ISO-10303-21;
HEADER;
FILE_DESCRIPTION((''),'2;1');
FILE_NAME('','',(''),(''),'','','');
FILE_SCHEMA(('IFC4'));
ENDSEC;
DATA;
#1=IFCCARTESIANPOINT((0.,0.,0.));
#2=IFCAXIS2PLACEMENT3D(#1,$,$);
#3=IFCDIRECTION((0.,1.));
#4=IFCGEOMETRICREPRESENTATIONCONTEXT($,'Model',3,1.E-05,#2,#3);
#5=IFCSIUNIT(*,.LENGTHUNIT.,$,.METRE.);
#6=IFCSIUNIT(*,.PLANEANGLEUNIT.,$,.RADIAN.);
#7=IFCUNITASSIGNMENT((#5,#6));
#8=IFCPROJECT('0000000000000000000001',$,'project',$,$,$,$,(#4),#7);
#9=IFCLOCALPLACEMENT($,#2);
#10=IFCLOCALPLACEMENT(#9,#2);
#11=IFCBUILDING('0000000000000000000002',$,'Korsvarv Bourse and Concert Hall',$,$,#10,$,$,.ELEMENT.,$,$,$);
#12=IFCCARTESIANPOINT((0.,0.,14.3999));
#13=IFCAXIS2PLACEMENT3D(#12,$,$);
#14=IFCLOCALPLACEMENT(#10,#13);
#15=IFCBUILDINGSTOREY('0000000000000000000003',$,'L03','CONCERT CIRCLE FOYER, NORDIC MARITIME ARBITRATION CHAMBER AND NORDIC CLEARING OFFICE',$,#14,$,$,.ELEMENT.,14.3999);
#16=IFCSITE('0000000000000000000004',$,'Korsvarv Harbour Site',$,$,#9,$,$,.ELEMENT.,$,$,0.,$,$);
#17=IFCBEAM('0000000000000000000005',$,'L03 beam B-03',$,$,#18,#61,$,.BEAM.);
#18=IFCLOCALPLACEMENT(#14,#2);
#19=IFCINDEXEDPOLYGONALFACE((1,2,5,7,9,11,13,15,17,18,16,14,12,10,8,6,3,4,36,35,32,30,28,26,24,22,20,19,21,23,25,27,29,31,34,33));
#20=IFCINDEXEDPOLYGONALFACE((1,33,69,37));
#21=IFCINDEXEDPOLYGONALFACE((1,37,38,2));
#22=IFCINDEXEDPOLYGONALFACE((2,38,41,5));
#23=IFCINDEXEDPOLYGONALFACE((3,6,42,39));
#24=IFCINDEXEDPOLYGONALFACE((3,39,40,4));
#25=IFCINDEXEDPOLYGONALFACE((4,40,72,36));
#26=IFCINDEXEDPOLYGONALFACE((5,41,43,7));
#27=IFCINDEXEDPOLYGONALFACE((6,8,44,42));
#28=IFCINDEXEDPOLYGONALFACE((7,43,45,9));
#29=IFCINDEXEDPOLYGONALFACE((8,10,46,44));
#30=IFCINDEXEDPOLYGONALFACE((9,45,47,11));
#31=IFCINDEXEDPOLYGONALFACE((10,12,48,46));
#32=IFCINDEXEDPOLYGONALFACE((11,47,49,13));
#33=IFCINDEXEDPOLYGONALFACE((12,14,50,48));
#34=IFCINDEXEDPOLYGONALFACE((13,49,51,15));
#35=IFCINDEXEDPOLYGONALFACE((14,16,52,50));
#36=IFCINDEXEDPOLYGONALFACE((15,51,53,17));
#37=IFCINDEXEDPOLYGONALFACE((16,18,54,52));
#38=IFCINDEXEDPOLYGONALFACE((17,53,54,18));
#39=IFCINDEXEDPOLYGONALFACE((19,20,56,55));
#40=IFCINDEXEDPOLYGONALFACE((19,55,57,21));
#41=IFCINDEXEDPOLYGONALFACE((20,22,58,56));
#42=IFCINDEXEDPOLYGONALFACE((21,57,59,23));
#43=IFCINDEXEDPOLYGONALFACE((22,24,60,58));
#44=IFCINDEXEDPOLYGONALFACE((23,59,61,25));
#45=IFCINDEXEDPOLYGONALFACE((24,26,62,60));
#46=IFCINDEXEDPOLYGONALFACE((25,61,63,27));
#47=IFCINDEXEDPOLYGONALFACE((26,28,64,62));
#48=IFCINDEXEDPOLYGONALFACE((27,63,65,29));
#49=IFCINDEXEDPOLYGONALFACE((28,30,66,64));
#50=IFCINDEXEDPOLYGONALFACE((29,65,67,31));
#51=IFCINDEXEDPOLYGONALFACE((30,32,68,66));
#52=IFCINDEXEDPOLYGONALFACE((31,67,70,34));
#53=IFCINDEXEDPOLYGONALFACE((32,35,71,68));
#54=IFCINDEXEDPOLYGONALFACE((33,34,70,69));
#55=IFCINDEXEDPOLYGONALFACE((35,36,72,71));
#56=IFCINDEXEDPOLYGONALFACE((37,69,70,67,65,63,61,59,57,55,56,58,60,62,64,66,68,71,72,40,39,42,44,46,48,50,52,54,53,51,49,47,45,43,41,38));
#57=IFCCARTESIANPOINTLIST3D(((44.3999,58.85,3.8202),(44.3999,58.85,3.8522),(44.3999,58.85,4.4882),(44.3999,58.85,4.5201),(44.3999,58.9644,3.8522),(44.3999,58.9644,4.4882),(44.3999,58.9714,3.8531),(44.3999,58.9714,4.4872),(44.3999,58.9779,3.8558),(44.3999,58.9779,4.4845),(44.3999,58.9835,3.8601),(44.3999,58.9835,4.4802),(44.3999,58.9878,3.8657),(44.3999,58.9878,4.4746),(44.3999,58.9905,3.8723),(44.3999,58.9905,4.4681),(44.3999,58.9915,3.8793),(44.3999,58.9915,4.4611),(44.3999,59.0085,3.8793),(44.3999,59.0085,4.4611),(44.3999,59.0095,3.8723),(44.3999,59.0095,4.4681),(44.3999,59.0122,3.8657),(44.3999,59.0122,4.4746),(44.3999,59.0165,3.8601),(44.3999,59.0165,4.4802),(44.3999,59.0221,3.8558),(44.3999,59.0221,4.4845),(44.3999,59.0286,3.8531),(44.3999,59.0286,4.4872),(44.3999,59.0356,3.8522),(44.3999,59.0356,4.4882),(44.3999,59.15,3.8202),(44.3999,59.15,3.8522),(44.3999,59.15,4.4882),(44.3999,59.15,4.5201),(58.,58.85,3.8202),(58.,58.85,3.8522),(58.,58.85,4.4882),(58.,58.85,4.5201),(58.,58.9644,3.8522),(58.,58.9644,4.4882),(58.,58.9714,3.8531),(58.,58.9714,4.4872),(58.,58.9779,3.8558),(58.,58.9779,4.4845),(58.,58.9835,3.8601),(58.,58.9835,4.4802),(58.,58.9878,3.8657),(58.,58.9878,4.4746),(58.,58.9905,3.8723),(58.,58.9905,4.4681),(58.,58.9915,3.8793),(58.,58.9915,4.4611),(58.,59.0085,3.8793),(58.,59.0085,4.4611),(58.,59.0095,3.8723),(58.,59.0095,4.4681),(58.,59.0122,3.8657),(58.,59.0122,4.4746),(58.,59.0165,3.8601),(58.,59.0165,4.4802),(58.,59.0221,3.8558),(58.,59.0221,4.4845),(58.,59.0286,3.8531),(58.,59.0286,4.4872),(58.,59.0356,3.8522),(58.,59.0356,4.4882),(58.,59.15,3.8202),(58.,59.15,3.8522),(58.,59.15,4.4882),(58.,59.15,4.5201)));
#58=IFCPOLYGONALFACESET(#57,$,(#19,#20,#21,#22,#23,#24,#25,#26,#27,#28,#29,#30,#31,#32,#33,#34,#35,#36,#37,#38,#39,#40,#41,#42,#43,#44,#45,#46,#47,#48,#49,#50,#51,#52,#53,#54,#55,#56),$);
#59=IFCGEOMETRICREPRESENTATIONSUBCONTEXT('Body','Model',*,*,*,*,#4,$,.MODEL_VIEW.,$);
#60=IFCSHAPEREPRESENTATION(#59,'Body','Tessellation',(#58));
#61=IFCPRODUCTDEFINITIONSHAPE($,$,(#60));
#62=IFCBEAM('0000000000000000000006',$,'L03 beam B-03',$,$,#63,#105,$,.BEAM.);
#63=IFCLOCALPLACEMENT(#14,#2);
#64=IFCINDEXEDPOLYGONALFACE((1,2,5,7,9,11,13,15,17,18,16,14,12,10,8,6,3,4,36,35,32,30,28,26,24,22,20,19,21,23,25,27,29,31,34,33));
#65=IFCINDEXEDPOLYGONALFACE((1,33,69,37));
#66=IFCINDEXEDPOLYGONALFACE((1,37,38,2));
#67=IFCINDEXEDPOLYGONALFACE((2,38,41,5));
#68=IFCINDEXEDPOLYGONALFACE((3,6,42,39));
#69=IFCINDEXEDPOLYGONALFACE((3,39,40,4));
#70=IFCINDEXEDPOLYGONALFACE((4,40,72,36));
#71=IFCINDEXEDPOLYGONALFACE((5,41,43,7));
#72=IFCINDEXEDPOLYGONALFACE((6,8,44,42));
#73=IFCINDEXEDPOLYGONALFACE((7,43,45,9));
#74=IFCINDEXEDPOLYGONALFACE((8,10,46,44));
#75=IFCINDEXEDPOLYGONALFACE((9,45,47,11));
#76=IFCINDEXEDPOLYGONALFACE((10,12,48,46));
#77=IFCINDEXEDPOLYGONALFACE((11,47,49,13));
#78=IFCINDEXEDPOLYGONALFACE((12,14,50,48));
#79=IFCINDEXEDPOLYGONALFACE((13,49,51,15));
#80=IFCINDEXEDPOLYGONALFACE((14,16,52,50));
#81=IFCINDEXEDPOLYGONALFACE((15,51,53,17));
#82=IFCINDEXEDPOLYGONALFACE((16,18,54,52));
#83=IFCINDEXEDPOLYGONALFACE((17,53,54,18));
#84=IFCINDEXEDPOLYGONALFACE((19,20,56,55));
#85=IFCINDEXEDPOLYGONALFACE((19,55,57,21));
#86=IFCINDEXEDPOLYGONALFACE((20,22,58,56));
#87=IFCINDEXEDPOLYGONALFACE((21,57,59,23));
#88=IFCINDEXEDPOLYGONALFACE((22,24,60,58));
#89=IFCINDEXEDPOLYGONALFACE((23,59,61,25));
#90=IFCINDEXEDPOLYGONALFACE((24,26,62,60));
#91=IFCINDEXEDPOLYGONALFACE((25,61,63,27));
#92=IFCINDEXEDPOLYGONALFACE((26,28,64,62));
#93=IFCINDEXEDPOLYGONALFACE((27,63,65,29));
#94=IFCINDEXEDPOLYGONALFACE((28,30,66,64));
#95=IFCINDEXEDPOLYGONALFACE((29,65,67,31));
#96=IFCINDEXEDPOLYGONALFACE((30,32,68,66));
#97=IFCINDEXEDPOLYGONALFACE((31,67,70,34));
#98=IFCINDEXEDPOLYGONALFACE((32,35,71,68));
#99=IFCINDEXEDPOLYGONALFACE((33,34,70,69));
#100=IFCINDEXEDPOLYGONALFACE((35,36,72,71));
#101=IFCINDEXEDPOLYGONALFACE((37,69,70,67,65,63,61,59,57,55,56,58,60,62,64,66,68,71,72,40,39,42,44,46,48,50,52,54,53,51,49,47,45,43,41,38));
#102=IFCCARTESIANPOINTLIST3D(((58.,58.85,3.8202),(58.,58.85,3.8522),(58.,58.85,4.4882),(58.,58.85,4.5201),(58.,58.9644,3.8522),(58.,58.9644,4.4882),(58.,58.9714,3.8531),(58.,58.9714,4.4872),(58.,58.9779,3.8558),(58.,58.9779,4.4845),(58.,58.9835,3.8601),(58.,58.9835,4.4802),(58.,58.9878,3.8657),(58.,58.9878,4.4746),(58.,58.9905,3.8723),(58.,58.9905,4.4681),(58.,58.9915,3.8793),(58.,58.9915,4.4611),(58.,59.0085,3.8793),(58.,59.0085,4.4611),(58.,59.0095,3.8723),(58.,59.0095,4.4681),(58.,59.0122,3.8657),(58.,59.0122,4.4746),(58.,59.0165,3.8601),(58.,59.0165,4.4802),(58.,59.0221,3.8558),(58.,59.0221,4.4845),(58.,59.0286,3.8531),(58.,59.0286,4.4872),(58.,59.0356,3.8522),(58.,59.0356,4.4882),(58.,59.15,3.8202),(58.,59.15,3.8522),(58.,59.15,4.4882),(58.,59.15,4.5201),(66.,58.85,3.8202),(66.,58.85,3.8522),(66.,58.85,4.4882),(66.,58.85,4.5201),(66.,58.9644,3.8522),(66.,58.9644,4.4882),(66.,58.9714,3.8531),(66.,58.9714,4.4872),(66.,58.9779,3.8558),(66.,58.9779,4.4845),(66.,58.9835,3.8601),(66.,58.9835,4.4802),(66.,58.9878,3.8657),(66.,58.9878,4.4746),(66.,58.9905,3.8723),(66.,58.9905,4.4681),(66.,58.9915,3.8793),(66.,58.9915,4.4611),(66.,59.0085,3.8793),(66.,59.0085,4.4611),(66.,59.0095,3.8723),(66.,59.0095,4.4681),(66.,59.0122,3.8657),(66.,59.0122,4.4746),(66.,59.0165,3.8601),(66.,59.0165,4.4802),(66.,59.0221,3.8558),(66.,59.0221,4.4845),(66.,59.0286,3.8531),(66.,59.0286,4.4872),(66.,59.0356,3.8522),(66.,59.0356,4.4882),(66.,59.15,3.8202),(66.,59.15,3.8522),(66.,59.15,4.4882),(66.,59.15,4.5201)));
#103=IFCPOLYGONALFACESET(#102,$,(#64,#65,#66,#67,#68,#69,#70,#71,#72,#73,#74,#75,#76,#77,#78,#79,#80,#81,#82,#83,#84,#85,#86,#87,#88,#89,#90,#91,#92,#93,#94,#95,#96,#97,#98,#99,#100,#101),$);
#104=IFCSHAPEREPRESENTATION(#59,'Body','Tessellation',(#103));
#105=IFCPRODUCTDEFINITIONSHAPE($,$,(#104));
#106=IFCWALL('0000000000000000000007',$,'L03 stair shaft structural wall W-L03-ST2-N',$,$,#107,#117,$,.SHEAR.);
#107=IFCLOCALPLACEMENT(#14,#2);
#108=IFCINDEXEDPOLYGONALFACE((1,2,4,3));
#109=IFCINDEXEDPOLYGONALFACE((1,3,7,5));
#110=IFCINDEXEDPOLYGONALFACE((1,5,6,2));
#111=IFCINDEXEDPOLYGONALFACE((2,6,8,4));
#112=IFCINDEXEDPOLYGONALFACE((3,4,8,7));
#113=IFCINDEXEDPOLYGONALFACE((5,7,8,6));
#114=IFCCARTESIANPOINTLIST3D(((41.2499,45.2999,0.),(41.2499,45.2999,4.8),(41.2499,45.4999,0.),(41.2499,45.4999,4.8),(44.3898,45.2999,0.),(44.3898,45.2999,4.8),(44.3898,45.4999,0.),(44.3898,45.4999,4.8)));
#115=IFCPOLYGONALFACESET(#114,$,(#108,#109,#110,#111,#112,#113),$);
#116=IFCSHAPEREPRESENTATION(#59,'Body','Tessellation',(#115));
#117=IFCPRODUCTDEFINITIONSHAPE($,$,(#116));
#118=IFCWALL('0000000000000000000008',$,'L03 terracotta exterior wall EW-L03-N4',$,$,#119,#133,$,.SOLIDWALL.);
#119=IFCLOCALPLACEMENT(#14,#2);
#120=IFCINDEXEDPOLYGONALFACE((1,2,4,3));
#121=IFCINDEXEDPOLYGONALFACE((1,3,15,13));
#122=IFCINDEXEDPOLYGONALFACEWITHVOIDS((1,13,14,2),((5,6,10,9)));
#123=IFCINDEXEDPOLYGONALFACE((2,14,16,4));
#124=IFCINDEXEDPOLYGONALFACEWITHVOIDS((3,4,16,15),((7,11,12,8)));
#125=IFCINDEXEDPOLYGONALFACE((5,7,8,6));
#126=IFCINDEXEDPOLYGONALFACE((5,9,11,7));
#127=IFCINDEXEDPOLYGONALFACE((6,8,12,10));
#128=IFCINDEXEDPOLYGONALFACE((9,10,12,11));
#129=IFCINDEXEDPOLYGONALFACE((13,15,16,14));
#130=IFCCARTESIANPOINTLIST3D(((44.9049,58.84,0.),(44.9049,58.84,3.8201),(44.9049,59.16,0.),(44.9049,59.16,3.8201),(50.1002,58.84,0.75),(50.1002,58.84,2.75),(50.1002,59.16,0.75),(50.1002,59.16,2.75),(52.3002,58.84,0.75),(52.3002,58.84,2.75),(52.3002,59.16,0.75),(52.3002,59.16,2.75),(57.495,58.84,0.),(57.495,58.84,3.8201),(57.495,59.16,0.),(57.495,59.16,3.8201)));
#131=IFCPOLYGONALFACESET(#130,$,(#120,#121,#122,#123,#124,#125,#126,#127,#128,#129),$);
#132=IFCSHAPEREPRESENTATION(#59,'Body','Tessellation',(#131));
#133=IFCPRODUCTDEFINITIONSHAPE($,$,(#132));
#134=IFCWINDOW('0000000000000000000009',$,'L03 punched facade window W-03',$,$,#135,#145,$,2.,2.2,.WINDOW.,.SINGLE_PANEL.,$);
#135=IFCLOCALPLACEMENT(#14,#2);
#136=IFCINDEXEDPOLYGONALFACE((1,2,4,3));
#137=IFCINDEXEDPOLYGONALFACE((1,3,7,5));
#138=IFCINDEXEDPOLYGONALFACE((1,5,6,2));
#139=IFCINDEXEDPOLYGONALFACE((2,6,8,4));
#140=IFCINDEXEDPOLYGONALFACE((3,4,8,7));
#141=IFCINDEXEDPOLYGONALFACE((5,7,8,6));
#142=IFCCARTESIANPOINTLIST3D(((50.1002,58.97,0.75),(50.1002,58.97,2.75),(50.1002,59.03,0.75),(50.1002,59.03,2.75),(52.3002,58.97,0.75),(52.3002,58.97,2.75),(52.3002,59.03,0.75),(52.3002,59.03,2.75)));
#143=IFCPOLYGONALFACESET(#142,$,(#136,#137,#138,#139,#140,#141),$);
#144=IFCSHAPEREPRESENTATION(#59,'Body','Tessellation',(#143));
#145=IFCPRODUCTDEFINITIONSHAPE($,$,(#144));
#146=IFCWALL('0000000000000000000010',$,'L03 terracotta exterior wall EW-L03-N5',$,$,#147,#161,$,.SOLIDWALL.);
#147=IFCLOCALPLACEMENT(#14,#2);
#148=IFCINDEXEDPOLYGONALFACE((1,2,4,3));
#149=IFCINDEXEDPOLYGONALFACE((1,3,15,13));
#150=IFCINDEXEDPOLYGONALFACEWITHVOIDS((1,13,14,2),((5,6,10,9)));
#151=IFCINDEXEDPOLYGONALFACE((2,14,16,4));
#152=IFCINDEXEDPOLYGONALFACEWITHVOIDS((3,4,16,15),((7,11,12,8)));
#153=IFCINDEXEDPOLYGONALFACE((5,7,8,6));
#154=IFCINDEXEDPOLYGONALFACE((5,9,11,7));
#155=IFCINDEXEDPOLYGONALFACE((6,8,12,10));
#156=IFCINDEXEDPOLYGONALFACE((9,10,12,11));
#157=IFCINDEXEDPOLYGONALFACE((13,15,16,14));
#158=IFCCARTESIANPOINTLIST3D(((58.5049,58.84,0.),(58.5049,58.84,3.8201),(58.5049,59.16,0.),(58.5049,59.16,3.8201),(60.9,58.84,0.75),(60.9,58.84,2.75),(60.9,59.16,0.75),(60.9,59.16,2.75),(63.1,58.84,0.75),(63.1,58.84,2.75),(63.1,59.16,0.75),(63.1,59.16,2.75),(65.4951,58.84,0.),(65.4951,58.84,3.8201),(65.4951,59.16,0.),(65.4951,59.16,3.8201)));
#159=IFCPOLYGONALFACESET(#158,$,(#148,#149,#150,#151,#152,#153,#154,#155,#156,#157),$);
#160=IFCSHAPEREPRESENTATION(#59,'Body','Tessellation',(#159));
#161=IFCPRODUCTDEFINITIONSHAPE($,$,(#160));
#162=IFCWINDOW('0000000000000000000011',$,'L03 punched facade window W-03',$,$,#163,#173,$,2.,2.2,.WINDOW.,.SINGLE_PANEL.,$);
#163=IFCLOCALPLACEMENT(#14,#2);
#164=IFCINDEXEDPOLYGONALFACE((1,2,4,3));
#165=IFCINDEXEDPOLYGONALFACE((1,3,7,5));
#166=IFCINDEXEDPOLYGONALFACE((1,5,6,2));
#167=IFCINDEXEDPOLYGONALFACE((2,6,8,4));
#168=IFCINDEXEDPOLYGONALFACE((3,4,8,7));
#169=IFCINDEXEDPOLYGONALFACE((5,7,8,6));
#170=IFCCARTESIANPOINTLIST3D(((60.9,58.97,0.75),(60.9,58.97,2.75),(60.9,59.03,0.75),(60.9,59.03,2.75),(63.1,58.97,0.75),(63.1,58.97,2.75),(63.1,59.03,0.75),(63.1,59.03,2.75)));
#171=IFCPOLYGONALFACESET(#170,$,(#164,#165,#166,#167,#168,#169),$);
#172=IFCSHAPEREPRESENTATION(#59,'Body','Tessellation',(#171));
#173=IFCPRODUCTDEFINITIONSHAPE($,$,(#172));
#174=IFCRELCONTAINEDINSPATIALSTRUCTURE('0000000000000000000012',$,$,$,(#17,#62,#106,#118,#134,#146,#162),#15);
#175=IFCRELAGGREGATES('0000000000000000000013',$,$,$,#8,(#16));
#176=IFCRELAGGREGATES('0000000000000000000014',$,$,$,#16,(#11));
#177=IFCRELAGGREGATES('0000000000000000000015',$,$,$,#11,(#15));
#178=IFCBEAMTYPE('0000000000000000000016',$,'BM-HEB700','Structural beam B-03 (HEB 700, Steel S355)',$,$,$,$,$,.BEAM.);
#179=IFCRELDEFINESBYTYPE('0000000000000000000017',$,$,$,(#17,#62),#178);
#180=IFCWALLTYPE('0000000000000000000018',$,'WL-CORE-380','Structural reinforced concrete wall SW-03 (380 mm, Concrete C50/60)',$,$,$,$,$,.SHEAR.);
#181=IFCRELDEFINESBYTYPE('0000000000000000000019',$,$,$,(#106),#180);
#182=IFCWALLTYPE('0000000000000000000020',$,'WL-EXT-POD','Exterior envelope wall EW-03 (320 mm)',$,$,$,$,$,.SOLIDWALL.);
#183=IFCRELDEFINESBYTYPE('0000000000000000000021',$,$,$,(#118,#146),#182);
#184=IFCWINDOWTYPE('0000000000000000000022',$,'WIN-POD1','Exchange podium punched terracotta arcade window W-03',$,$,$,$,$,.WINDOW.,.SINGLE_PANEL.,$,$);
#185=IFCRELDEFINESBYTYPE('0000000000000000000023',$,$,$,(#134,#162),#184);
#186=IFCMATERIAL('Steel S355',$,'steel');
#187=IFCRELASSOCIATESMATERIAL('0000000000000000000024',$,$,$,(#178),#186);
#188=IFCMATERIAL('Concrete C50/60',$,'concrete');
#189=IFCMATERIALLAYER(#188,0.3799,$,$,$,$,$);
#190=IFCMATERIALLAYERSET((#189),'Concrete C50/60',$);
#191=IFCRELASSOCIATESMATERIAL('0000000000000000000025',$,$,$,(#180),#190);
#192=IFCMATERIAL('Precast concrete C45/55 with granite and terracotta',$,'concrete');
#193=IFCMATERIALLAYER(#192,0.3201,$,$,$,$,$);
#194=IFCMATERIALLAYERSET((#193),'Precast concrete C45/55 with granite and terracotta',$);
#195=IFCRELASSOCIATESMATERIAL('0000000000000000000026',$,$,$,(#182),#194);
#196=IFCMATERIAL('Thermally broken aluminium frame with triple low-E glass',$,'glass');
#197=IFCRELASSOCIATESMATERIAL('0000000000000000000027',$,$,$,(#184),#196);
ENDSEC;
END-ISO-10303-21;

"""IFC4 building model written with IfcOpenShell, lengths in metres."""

from ifc_helpers import new_model, si_unit, direction, frame, frame_2d, origin, origin_2d, place, context, subcontext, project, spatial, rectangle, i_section, extrude, source, transform, mapped, material, layer, layer_set, material_profile, profile_set, type_object, element, fill, save


model = new_model("IFC4")

# Units and contexts
model_context = context("Model", 3, precision=1e-05, world=origin(), true_north=direction((0.0, 1.0)))
body_context = subcontext(model_context, "Body", "Model", "MODEL_VIEW")
ifc_project = project(units=[si_unit("LENGTHUNIT", "METRE"), si_unit("PLANEANGLEUNIT", "RADIAN")], contexts=[model_context])

# Site, building, storey
site_placement = place(None, origin())
site = spatial("IfcSite", under=ifc_project, at=site_placement, Name="Korsvarv Harbour Site", CompositionType="ELEMENT", RefElevation=0.0)
building_placement = place(site_placement, origin())
building = spatial("IfcBuilding", under=site, at=building_placement, Name="Korsvarv Bourse and Concert Hall", CompositionType="ELEMENT")
storey_placement = place(building_placement, frame((0.0, 0.0, 14.3999)))
storey = spatial("IfcBuildingStorey", under=building, at=storey_placement, Name="L03", Description="CONCERT CIRCLE FOYER, NORDIC MARITIME ARBITRATION CHAMBER AND NORDIC CLEARING OFFICE", CompositionType="ELEMENT", Elevation=14.3999)

# Beams
ifc_material_1 = material(Name="Steel S355", Category="steel")
ifc_material_profile_1 = material_profile(ifc_material_1, i_section(OverallWidth=0.3, OverallDepth=0.7, WebThickness=0.0171, FlangeThickness=0.032, FilletRadius=0.0271, at=origin_2d()), Name="HEB 700")
ifc_profile_set_1 = profile_set([ifc_material_profile_1], Name="Steel S355")
beam_type = type_object("IfcBeamType", Name="BM-HEB700", Description="Structural beam B-03 (HEB 700, Steel S355)", PredefinedType="BEAM", material=ifc_profile_set_1)
shared_shape_1 = source(origin(), body_context, "Body", "SweptSolid", [
    extrude(i_section(OverallWidth=0.3, OverallDepth=0.7, WebThickness=0.0171, FlangeThickness=0.032, FilletRadius=0.0271, at=origin_2d()), origin(), (0.0, 0.0, 1.0), 13.6001),
])
beam_1_placement = place(storey_placement, frame((44.3999, 59.0, 4.1702), z_axis=(1.0, 0.0, 0.0), x_axis=(0.0, 1.0, 0.0)))
element("IfcBeam", 1, at=beam_1_placement, inside=storey, type_object=beam_type, Name="L03 beam B-03", PredefinedType="BEAM", context=body_context, shape_type="MappedRepresentation", body=[
    mapped(shared_shape_1, transform((0.0, 0.0, 0.0), scale=1.0)),
])
shared_shape_2 = source(origin(), body_context, "Body", "SweptSolid", [
    extrude(i_section(OverallWidth=0.3, OverallDepth=0.7, WebThickness=0.0171, FlangeThickness=0.032, FilletRadius=0.0271, at=origin_2d()), origin(), (0.0, 0.0, 1.0), 8.0),
])
beam_2_placement = place(storey_placement, frame((58.0, 59.0, 4.1702), z_axis=(1.0, 0.0, 0.0), x_axis=(0.0, 1.0, 0.0)))
element("IfcBeam", 2, at=beam_2_placement, inside=storey, type_object=beam_type, Name="L03 beam B-03", PredefinedType="BEAM", context=body_context, shape_type="MappedRepresentation", body=[
    mapped(shared_shape_2, transform((0.0, 0.0, 0.0), scale=1.0)),
])

# Wall
ifc_material_2 = material(Name="Concrete C50/60", Category="concrete")
ifc_layer_1 = layer(ifc_material_2, 0.3799)
ifc_layer_set_1 = layer_set([ifc_layer_1], Name="Concrete C50/60")
wall_type_1 = type_object("IfcWallType", Name="WL-CORE-380", Description="Structural reinforced concrete wall SW-03 (380 mm, Concrete C50/60)", PredefinedType="SHEAR", material=ifc_layer_set_1)
wall_1_placement = place(storey_placement, frame((41.25, 45.3999, 0.0), z_axis=(0.0, 0.0, 1.0), x_axis=(1.0, 0.0, 0.0)))
element("IfcWall", 3, at=wall_1_placement, inside=storey, type_object=wall_type_1, Name="L03 stair shaft structural wall W-L03-ST2-N", PredefinedType="SHEAR", context=body_context, shape_type="SweptSolid", body=[
    extrude(rectangle(XDim=3.1399, YDim=0.2, at=frame_2d((1.5698, 0.0))), origin(), (0.0, 0.0, 1.0), 4.8),
])

# Walls, openings, windows
ifc_material_3 = material(Name="Precast concrete C45/55 with granite and terracotta", Category="concrete")
ifc_layer_2 = layer(ifc_material_3, 0.3201)
ifc_layer_set_2 = layer_set([ifc_layer_2], Name="Precast concrete C45/55 with granite and terracotta")
wall_type_2 = type_object("IfcWallType", Name="WL-EXT-POD", Description="Exterior envelope wall EW-03 (320 mm)", PredefinedType="SOLIDWALL", material=ifc_layer_set_2)
wall_2_placement = place(storey_placement, frame((44.905, 59.0, 0.0), z_axis=(0.0, 0.0, 1.0), x_axis=(1.0, 0.0, 0.0)))
wall_2 = element("IfcWall", 4, at=wall_2_placement, inside=storey, type_object=wall_type_2, Name="L03 terracotta exterior wall EW-L03-N4", PredefinedType="SOLIDWALL", context=body_context, shape_type="SweptSolid", body=[
    extrude(rectangle(XDim=12.5901, YDim=0.3201, at=frame_2d((6.2949, 0.0))), origin(), (0.0, 0.0, 1.0), 3.8201),
])
opening_1_placement = place(wall_2_placement, frame((5.1951, 0.0, 0.75)))
opening_1 = element("IfcOpeningElement", 5, at=opening_1_placement, cuts=wall_2, PredefinedType="OPENING", context=body_context, shape_type="SweptSolid", body=[
    extrude(rectangle(XDim=2.2, YDim=2.0, at=frame_2d((1.1001, 1.0))), frame((0.0, 0.1699, 0.0), z_axis=(0.0, -1.0, 0.0), x_axis=(1.0, 0.0, 0.0)), (0.0, 0.0, 1.0), 0.3401),
])
ifc_material_4 = material(Name="Thermally broken aluminium frame with triple low-E glass", Category="glass")
window_type = type_object("IfcWindowType", Name="WIN-POD1", Description="Exchange podium punched terracotta arcade window W-03", PartitioningType="SINGLE_PANEL", PredefinedType="WINDOW", material=ifc_material_4)
window_1_placement = place(opening_1_placement, origin())
window_1 = element("IfcWindow", 6, at=window_1_placement, inside=storey, type_object=window_type, Name="L03 punched facade window W-03", OverallHeight=2.0, OverallWidth=2.2, PartitioningType="SINGLE_PANEL", PredefinedType="WINDOW", context=body_context, shape_type="SweptSolid", body=[
    extrude(rectangle(XDim=2.2, YDim=2.0, at=frame_2d((1.1001, 1.0))), frame((0.0, 0.03, 0.0), z_axis=(0.0, -1.0, 0.0), x_axis=(1.0, 0.0, 0.0)), (0.0, 0.0, 1.0), 0.0601),
])
fill(opening_1, window_1)
wall_3_placement = place(storey_placement, frame((58.5049, 59.0, 0.0), z_axis=(0.0, 0.0, 1.0), x_axis=(1.0, 0.0, 0.0)))
wall_3 = element("IfcWall", 7, at=wall_3_placement, inside=storey, type_object=wall_type_2, Name="L03 terracotta exterior wall EW-L03-N5", PredefinedType="SOLIDWALL", context=body_context, shape_type="SweptSolid", body=[
    extrude(rectangle(XDim=6.9902, YDim=0.3201, at=frame_2d((3.4951, 0.0))), origin(), (0.0, 0.0, 1.0), 3.8201),
])
opening_2_placement = place(wall_3_placement, frame((2.395, 0.0, 0.75)))
opening_2 = element("IfcOpeningElement", 8, at=opening_2_placement, cuts=wall_3, PredefinedType="OPENING", context=body_context, shape_type="SweptSolid", body=[
    extrude(rectangle(XDim=2.2, YDim=2.0, at=frame_2d((1.1001, 1.0))), frame((0.0, 0.1699, 0.0), z_axis=(0.0, -1.0, 0.0), x_axis=(1.0, 0.0, 0.0)), (0.0, 0.0, 1.0), 0.3401),
])
window_2_placement = place(opening_2_placement, origin())
window_2 = element("IfcWindow", 9, at=window_2_placement, inside=storey, type_object=window_type, Name="L03 punched facade window W-03", OverallHeight=2.0, OverallWidth=2.2, PartitioningType="SINGLE_PANEL", PredefinedType="WINDOW", context=body_context, shape_type="SweptSolid", body=[
    extrude(rectangle(XDim=2.2, YDim=2.0, at=frame_2d((1.1001, 1.0))), frame((0.0, 0.03, 0.0), z_axis=(0.0, -1.0, 0.0), x_axis=(1.0, 0.0, 0.0)), (0.0, 0.0, 1.0), 0.0601),
])
fill(opening_2, window_2)

save(model, "model.ifc")
